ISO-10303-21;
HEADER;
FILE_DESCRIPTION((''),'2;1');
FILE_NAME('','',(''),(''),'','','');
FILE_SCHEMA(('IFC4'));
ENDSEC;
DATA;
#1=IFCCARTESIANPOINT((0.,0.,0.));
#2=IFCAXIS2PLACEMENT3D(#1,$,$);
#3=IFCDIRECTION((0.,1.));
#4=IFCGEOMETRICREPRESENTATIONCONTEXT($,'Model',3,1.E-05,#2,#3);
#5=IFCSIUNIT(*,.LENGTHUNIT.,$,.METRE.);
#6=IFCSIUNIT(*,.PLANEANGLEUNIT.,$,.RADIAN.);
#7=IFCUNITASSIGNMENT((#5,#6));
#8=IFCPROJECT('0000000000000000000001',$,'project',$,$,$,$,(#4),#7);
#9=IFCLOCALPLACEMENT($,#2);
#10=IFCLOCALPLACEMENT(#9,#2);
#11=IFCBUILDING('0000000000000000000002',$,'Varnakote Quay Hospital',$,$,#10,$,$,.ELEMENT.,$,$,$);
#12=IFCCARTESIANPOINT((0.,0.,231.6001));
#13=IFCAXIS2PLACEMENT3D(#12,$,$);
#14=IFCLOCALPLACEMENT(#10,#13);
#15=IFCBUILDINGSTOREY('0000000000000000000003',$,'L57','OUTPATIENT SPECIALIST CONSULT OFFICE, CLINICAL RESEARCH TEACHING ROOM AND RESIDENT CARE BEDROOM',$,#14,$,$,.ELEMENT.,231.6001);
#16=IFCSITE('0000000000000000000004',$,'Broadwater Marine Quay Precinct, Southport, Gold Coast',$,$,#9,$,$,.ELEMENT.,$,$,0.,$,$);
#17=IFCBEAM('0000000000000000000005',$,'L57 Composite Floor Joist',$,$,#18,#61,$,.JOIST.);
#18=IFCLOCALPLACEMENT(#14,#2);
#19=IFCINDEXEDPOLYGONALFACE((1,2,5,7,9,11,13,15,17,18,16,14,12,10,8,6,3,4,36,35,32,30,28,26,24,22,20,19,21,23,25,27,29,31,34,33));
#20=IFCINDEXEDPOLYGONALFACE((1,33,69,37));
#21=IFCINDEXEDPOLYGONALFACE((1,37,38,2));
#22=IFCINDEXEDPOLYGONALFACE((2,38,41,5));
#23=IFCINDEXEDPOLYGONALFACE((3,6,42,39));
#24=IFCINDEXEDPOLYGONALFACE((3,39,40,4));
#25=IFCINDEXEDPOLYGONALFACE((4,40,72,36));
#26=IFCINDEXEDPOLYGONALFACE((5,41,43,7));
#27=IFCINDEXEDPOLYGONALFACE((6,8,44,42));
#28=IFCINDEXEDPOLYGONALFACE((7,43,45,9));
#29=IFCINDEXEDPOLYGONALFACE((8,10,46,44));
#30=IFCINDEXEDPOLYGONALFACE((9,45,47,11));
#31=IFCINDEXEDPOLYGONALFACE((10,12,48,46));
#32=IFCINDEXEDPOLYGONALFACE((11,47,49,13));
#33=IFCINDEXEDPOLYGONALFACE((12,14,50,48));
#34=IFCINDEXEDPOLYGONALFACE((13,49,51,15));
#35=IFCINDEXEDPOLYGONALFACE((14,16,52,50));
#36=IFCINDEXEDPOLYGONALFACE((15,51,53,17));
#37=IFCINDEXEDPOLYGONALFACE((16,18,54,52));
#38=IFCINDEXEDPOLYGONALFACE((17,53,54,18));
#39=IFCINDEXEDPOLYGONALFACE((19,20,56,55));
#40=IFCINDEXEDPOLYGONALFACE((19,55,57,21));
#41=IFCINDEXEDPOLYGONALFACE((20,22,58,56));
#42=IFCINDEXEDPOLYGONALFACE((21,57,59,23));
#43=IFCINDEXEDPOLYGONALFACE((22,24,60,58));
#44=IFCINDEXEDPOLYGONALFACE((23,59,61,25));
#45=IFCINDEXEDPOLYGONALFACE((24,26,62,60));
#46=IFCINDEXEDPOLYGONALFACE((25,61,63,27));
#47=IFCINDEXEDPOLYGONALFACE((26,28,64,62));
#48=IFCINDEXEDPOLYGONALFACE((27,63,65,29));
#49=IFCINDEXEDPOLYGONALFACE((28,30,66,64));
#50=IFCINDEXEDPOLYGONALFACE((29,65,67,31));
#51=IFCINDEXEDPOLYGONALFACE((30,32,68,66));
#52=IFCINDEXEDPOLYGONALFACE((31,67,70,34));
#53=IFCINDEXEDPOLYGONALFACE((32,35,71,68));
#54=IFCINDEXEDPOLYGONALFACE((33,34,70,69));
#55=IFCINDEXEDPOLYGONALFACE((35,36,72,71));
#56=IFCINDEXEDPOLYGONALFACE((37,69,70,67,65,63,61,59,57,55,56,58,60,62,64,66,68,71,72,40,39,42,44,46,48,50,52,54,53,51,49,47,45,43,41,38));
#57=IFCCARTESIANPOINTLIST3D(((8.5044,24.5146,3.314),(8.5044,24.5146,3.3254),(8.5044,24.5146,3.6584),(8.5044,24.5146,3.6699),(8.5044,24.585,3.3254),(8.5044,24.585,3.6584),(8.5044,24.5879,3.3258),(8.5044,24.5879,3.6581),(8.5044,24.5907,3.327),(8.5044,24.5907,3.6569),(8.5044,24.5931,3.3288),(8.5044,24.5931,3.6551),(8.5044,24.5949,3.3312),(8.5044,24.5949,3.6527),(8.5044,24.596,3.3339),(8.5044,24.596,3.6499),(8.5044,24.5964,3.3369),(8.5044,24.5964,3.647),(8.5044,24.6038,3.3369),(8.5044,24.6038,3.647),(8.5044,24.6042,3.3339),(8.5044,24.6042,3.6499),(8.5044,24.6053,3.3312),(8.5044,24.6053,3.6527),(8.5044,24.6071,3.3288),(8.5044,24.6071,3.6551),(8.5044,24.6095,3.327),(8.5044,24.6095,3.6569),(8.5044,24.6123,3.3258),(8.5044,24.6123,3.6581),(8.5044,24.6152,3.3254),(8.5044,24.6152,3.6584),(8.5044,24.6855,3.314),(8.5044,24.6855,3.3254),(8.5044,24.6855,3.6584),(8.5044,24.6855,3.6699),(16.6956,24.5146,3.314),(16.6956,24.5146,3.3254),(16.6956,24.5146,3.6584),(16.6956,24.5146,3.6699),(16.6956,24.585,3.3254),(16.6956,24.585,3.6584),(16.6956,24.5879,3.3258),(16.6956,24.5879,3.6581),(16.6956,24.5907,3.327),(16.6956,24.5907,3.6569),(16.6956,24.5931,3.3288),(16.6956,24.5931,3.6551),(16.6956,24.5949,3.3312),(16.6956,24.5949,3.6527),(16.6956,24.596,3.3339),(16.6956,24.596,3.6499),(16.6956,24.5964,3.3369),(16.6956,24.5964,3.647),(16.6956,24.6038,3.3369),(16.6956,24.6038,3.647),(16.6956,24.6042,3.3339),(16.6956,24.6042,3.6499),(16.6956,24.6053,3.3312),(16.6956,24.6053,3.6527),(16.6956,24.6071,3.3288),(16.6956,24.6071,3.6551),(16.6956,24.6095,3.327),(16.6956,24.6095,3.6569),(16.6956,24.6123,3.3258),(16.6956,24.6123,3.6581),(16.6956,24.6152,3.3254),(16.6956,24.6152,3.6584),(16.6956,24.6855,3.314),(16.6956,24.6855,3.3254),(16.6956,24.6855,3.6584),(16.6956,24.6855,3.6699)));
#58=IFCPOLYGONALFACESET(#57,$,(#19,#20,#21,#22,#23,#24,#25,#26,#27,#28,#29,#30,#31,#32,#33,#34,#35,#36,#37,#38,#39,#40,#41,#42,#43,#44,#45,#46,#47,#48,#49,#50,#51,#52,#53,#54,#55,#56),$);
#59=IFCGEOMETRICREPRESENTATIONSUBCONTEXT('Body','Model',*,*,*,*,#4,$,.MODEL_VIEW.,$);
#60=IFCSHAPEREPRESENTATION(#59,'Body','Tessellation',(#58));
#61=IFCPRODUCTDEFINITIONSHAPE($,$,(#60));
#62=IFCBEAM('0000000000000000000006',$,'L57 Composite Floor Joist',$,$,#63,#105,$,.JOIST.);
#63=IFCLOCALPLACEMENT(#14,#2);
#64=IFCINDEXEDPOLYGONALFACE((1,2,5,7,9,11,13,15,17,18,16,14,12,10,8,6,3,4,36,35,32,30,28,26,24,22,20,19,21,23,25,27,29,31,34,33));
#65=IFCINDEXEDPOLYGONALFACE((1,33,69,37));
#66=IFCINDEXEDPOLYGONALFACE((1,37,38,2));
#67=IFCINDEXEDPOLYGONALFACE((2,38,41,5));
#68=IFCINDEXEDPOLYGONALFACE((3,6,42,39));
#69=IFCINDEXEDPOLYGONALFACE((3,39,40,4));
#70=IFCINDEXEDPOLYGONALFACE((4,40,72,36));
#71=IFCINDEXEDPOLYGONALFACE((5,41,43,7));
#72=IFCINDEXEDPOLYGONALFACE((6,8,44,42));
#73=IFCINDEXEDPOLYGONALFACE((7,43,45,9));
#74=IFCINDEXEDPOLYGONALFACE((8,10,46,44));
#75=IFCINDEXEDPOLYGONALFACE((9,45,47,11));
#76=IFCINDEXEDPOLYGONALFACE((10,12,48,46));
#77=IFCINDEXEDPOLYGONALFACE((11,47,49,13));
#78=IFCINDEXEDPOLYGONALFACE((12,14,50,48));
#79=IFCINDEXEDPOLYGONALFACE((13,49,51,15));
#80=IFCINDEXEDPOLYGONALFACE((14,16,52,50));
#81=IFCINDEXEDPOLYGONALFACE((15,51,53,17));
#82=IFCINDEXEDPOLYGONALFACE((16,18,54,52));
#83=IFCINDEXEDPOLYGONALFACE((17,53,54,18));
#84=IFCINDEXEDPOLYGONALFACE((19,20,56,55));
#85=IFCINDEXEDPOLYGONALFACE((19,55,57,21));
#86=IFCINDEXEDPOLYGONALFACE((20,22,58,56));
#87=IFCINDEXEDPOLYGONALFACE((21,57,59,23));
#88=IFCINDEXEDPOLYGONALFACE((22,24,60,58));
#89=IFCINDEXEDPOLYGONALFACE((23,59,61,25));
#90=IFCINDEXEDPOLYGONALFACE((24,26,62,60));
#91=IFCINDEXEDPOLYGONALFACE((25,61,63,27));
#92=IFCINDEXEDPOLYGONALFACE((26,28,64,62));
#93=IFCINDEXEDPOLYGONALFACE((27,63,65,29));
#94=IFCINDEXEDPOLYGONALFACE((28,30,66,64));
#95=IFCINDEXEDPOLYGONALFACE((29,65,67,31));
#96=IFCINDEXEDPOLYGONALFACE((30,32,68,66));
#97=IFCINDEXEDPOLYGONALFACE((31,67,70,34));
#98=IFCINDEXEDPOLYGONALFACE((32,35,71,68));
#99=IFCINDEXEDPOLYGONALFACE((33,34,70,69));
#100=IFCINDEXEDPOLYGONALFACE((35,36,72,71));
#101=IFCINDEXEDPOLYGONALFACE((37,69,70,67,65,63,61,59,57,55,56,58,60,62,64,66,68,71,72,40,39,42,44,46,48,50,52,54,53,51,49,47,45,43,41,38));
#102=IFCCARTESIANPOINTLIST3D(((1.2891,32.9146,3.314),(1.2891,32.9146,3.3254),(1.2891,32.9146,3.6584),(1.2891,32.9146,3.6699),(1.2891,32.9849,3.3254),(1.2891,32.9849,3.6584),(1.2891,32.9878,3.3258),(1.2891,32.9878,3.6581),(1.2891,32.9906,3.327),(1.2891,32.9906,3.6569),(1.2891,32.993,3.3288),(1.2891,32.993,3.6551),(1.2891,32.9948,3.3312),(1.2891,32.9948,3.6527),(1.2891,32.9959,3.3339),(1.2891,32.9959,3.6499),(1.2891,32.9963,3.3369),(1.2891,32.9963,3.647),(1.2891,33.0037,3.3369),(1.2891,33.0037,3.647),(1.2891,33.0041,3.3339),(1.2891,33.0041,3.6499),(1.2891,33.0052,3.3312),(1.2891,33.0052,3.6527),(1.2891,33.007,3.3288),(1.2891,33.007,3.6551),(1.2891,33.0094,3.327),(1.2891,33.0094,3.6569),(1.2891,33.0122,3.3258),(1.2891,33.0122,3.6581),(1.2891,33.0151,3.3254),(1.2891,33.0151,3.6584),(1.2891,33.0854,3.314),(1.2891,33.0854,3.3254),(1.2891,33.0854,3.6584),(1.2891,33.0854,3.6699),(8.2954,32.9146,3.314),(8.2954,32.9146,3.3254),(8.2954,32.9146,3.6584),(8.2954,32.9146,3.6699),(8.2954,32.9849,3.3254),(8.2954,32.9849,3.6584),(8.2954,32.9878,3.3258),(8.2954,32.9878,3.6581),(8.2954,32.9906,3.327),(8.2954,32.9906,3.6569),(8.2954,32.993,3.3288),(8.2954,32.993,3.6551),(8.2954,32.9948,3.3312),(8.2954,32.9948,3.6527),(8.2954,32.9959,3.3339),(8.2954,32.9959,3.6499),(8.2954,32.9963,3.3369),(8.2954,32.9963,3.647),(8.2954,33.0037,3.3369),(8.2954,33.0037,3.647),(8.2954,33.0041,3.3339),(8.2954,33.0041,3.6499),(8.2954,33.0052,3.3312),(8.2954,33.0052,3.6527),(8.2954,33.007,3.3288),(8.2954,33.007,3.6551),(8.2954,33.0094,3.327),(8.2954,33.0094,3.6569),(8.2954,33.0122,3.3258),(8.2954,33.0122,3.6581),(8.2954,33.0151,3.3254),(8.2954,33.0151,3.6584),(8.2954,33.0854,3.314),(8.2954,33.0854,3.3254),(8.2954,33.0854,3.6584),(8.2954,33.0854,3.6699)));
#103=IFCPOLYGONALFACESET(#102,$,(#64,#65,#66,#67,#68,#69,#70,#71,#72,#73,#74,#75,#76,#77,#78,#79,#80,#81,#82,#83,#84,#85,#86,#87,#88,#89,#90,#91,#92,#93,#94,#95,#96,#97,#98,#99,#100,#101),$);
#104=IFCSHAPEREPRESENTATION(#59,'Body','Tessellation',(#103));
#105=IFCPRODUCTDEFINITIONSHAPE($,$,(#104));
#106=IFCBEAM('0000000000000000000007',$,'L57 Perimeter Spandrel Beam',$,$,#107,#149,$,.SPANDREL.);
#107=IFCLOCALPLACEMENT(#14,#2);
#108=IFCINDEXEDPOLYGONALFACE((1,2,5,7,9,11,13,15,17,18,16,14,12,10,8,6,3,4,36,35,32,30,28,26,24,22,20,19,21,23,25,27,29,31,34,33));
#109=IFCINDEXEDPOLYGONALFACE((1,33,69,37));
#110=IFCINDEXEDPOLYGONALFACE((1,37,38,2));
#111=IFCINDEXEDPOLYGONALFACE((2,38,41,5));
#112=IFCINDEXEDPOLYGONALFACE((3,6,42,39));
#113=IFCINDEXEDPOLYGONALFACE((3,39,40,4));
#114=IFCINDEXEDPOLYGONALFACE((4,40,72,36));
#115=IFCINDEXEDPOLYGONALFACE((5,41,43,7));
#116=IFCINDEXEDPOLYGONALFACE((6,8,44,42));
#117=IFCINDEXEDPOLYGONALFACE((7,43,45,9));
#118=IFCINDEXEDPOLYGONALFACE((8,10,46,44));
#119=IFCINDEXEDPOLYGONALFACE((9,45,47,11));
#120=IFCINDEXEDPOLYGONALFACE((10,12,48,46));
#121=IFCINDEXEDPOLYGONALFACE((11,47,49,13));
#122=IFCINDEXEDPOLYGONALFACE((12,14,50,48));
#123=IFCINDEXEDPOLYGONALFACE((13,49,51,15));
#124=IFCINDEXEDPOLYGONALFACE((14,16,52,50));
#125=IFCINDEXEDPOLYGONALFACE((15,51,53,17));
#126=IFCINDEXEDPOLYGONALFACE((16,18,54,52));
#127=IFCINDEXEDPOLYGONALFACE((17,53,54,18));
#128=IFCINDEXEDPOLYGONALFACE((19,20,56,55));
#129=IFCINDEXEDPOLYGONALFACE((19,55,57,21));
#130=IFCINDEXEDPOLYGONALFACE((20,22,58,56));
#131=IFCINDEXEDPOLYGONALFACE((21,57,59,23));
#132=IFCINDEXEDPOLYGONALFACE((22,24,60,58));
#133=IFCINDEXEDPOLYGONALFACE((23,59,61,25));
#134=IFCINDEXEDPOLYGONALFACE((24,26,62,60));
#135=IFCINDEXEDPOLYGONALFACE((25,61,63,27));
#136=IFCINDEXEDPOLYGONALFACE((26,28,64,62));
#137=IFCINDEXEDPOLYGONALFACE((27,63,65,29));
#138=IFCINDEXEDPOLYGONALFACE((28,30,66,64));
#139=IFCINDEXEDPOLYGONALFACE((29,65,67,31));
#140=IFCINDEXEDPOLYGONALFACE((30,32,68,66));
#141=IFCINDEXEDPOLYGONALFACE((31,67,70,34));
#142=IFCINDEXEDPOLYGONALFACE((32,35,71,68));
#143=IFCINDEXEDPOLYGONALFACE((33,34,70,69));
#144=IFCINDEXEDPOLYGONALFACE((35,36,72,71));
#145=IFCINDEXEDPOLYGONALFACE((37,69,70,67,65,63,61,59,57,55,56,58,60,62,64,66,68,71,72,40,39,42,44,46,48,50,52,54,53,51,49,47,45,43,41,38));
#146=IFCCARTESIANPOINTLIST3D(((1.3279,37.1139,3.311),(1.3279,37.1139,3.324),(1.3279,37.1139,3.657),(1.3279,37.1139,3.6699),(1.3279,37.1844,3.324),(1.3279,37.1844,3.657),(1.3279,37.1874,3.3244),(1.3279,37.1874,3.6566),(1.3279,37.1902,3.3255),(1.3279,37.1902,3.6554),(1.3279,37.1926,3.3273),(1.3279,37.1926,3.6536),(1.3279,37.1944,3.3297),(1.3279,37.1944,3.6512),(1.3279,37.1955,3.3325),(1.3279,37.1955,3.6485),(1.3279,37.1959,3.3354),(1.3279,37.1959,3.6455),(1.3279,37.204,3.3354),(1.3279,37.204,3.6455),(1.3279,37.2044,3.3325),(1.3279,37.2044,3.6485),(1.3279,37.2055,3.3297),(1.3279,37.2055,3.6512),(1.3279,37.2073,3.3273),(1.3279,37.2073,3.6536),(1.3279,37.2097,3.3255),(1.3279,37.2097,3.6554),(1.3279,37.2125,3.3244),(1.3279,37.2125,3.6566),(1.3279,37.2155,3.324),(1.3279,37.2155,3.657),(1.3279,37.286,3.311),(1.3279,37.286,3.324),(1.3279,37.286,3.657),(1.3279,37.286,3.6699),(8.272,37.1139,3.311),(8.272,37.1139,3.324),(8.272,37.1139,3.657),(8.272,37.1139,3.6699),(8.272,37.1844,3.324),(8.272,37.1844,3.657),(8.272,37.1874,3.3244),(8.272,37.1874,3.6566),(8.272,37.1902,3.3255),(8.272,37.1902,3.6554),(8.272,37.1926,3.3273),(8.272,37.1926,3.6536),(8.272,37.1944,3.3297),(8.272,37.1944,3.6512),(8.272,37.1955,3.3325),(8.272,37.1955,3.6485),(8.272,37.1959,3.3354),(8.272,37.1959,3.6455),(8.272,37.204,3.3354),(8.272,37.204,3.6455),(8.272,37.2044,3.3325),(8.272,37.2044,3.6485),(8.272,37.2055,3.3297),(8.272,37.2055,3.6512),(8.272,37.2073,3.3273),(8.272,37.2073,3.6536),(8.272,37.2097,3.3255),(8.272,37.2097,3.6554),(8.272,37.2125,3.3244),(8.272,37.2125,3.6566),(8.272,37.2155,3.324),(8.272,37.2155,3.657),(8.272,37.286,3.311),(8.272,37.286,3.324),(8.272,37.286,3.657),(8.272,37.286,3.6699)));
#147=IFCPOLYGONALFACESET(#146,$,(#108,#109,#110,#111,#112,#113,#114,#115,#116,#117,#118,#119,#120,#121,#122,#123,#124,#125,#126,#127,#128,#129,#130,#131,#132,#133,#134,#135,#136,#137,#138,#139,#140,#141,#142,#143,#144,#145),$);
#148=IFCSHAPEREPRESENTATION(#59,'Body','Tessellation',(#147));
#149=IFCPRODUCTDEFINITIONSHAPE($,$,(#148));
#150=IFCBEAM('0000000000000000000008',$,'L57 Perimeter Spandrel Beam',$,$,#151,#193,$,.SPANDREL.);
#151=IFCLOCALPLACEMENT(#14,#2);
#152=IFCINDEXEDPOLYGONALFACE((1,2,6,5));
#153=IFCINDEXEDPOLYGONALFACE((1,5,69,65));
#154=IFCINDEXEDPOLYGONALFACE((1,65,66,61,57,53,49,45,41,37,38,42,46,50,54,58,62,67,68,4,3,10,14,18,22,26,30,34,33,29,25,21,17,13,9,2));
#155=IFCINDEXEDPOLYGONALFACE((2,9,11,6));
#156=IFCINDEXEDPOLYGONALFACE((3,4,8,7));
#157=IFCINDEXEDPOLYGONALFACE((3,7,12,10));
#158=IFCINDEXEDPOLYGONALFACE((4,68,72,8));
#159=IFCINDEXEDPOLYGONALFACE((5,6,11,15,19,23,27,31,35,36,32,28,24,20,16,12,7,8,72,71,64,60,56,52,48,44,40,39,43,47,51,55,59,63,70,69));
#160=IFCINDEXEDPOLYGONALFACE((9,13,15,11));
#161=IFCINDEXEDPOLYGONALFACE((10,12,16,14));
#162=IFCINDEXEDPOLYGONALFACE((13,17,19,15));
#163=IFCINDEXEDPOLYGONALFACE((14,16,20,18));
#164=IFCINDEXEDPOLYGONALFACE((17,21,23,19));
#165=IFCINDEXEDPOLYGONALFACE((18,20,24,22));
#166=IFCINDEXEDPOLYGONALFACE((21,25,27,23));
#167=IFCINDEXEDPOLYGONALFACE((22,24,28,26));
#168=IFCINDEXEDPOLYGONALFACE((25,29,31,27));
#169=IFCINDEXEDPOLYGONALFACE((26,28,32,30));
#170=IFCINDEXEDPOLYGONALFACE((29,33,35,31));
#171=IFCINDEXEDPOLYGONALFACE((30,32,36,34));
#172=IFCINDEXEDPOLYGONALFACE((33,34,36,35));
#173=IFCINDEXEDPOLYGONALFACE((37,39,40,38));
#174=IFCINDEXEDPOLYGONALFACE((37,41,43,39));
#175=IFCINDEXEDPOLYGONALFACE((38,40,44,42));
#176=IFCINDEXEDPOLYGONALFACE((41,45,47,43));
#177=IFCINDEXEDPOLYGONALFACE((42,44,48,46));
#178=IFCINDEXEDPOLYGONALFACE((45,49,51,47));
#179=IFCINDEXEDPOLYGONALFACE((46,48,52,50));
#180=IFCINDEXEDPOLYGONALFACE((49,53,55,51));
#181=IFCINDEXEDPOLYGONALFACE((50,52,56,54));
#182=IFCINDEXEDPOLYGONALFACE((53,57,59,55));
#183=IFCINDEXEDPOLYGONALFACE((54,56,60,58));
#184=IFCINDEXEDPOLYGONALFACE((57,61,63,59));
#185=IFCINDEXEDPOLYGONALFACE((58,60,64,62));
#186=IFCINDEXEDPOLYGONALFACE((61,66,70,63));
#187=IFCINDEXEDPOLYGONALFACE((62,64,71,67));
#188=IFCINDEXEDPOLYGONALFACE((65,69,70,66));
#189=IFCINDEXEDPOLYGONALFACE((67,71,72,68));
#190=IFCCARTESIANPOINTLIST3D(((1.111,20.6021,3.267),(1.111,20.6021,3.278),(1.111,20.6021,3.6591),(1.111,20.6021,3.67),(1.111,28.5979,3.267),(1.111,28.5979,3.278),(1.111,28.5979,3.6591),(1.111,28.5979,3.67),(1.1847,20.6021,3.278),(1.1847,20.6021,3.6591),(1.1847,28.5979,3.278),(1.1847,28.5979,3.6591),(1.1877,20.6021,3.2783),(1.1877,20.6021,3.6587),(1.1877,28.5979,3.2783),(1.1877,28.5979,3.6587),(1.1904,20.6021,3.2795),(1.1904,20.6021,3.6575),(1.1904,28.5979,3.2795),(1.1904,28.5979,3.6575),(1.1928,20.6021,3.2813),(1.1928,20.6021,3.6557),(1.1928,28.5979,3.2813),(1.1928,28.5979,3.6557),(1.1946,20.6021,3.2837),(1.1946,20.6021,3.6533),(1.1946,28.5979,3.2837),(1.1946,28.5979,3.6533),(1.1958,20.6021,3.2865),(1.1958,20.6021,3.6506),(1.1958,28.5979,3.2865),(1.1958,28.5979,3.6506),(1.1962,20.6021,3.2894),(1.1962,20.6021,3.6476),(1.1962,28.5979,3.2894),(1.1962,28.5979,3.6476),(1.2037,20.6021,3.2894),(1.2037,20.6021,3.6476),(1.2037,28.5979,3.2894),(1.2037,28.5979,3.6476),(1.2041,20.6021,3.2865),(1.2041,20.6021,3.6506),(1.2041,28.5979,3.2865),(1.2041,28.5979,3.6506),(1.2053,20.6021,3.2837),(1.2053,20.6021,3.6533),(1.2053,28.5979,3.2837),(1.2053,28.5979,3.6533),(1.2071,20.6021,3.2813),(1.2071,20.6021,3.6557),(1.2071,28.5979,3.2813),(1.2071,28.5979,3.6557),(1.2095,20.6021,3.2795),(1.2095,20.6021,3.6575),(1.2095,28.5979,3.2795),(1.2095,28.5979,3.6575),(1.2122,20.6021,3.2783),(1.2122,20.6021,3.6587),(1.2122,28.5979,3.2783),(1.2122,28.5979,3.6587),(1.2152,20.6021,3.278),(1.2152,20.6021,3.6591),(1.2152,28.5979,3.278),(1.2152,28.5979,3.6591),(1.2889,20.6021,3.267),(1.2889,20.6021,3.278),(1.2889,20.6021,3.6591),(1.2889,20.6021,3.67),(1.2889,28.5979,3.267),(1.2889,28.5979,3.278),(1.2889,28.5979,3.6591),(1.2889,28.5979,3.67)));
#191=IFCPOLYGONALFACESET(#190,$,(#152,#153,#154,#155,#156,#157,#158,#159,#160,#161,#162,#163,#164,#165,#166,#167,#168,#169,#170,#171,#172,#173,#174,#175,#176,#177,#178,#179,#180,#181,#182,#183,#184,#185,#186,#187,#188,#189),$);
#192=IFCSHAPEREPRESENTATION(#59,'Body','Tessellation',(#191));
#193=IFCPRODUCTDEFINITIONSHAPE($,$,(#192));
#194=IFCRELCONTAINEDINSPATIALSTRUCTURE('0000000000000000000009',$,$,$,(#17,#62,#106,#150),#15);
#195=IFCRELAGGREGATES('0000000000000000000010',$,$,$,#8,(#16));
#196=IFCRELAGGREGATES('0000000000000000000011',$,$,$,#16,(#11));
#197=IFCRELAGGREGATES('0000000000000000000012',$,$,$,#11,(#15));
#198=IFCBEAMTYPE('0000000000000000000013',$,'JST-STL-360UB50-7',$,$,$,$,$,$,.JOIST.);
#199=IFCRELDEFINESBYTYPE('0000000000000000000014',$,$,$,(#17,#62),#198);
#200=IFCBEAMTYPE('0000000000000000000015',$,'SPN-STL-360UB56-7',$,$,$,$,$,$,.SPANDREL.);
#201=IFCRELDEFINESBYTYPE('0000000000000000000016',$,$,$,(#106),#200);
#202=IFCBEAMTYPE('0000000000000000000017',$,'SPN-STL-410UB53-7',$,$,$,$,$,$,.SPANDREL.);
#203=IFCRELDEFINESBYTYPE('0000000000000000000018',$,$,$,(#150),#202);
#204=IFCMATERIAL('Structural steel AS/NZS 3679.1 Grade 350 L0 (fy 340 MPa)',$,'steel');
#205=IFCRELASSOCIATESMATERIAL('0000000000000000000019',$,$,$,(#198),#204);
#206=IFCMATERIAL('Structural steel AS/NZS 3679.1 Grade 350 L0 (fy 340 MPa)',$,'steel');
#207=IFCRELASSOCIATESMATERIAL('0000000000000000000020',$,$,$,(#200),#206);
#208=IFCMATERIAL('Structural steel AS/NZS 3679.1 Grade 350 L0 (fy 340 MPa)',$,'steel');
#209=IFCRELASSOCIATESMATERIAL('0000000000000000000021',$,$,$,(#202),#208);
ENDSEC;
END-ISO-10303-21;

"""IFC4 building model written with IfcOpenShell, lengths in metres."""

from ifc_helpers import new_model, si_unit, direction, frame, origin, origin_2d, place, context, subcontext, project, spatial, i_section, extrude, material, material_profile, profile_set, type_object, element, save


model = new_model("IFC4")

# Units and contexts
model_context = context("Model", 3, precision=1e-05, world=origin(), true_north=direction((0.0, 1.0)))
body_context = subcontext(model_context, "Body", "Model", "MODEL_VIEW")
ifc_project = project(units=[si_unit("LENGTHUNIT", "METRE"), si_unit("PLANEANGLEUNIT", "RADIAN")], contexts=[model_context])

# Site, building, storey
site_placement = place(None, origin())
site = spatial("IfcSite", under=ifc_project, at=site_placement, Name="Broadwater Marine Quay Precinct, Southport, Gold Coast", CompositionType="ELEMENT", RefElevation=0.0)
building_placement = place(site_placement, origin())
building = spatial("IfcBuilding", under=site, at=building_placement, Name="Varnakote Quay Hospital", CompositionType="ELEMENT")
storey_placement = place(building_placement, frame((0.0, 0.0, 231.6001)))
storey = spatial("IfcBuildingStorey", under=building, at=storey_placement, Name="L57", Description="OUTPATIENT SPECIALIST CONSULT OFFICE, CLINICAL RESEARCH TEACHING ROOM AND RESIDENT CARE BEDROOM", CompositionType="ELEMENT", Elevation=231.6001)

# Beams
ifc_material_1 = material(Name="Structural steel AS/NZS 3679.1 Grade 350 L0 (fy 340 MPa)", Category="steel")
ifc_material_profile_1 = material_profile(ifc_material_1, i_section(OverallWidth=0.1709, OverallDepth=0.356, WebThickness=0.0073, FlangeThickness=0.0115, FilletRadius=0.0115, at=origin_2d()), Name="360UB50.7")
ifc_profile_set_1 = profile_set([ifc_material_profile_1], Name="Structural steel AS/NZS 3679.1 Grade 350 L0 (fy 340 MPa)")
beam_type_1 = type_object("IfcBeamType", Name="JST-STL-360UB50-7", PredefinedType="JOIST", material=ifc_profile_set_1)
beam_1_placement = place(storey_placement, frame((8.5044, 24.6001, 3.4919), z_axis=(1.0, 0.0, 0.0), x_axis=(0.0, 1.0, 0.0)))
element("IfcBeam", 1, at=beam_1_placement, inside=storey, type_object=beam_type_1, Name="L57 Composite Floor Joist", PredefinedType="JOIST", context=body_context, shape_type="SweptSolid", body=[
    extrude(i_section(OverallWidth=0.1709, OverallDepth=0.356, WebThickness=0.0073, FlangeThickness=0.0115, FilletRadius=0.0115, at=origin_2d()), origin(), (0.0, 0.0, 1.0), 8.1912),
])
beam_2_placement = place(storey_placement, frame((1.2891, 33.0, 3.4919), z_axis=(1.0, 0.0, 0.0), x_axis=(0.0, 1.0, 0.0)))
element("IfcBeam", 2, at=beam_2_placement, inside=storey, type_object=beam_type_1, Name="L57 Composite Floor Joist", PredefinedType="JOIST", context=body_context, shape_type="SweptSolid", body=[
    extrude(i_section(OverallWidth=0.1709, OverallDepth=0.356, WebThickness=0.0073, FlangeThickness=0.0115, FilletRadius=0.0115, at=origin_2d()), origin(), (0.0, 0.0, 1.0), 7.0063),
])
ifc_material_2 = material(Name="Structural steel AS/NZS 3679.1 Grade 350 L0 (fy 340 MPa)", Category="steel")
ifc_material_profile_2 = material_profile(ifc_material_2, i_section(OverallWidth=0.1721, OverallDepth=0.3589, WebThickness=0.0081, FlangeThickness=0.0129, FilletRadius=0.0115, at=origin_2d()), Name="360UB56.7")
ifc_profile_set_2 = profile_set([ifc_material_profile_2], Name="Structural steel AS/NZS 3679.1 Grade 350 L0 (fy 340 MPa)")
beam_type_2 = type_object("IfcBeamType", Name="SPN-STL-360UB56-7", PredefinedType="SPANDREL", material=ifc_profile_set_2)
beam_3_placement = place(storey_placement, frame((1.3279, 37.2, 3.4905), z_axis=(1.0, 0.0, 0.0), x_axis=(0.0, 1.0, 0.0)))
element("IfcBeam", 3, at=beam_3_placement, inside=storey, type_object=beam_type_2, Name="L57 Perimeter Spandrel Beam", PredefinedType="SPANDREL", context=body_context, shape_type="SweptSolid", body=[
    extrude(i_section(OverallWidth=0.1721, OverallDepth=0.3589, WebThickness=0.0081, FlangeThickness=0.0129, FilletRadius=0.0115, at=origin_2d()), origin(), (0.0, 0.0, 1.0), 6.9441),
])
ifc_material_3 = material(Name="Structural steel AS/NZS 3679.1 Grade 350 L0 (fy 340 MPa)", Category="steel")
ifc_material_profile_3 = material_profile(ifc_material_3, i_section(OverallWidth=0.178, OverallDepth=0.4031, WebThickness=0.0076, FlangeThickness=0.011, FilletRadius=0.0115, at=origin_2d()), Name="410UB53.7")
ifc_profile_set_3 = profile_set([ifc_material_profile_3], Name="Structural steel AS/NZS 3679.1 Grade 350 L0 (fy 340 MPa)")
beam_type_3 = type_object("IfcBeamType", Name="SPN-STL-410UB53-7", PredefinedType="SPANDREL", material=ifc_profile_set_3)
beam_4_placement = place(storey_placement, frame((1.2, 20.6021, 3.4685), z_axis=(0.0, 1.0, 0.0), x_axis=(-1.0, 0.0, 0.0)))
element("IfcBeam", 4, at=beam_4_placement, inside=storey, type_object=beam_type_3, Name="L57 Perimeter Spandrel Beam", PredefinedType="SPANDREL", context=body_context, shape_type="SweptSolid", body=[
    extrude(i_section(OverallWidth=0.178, OverallDepth=0.4031, WebThickness=0.0076, FlangeThickness=0.011, FilletRadius=0.0115, at=origin_2d()), origin(), (0.0, 0.0, 1.0), 7.9958),
])

save(model, "model.ifc")
